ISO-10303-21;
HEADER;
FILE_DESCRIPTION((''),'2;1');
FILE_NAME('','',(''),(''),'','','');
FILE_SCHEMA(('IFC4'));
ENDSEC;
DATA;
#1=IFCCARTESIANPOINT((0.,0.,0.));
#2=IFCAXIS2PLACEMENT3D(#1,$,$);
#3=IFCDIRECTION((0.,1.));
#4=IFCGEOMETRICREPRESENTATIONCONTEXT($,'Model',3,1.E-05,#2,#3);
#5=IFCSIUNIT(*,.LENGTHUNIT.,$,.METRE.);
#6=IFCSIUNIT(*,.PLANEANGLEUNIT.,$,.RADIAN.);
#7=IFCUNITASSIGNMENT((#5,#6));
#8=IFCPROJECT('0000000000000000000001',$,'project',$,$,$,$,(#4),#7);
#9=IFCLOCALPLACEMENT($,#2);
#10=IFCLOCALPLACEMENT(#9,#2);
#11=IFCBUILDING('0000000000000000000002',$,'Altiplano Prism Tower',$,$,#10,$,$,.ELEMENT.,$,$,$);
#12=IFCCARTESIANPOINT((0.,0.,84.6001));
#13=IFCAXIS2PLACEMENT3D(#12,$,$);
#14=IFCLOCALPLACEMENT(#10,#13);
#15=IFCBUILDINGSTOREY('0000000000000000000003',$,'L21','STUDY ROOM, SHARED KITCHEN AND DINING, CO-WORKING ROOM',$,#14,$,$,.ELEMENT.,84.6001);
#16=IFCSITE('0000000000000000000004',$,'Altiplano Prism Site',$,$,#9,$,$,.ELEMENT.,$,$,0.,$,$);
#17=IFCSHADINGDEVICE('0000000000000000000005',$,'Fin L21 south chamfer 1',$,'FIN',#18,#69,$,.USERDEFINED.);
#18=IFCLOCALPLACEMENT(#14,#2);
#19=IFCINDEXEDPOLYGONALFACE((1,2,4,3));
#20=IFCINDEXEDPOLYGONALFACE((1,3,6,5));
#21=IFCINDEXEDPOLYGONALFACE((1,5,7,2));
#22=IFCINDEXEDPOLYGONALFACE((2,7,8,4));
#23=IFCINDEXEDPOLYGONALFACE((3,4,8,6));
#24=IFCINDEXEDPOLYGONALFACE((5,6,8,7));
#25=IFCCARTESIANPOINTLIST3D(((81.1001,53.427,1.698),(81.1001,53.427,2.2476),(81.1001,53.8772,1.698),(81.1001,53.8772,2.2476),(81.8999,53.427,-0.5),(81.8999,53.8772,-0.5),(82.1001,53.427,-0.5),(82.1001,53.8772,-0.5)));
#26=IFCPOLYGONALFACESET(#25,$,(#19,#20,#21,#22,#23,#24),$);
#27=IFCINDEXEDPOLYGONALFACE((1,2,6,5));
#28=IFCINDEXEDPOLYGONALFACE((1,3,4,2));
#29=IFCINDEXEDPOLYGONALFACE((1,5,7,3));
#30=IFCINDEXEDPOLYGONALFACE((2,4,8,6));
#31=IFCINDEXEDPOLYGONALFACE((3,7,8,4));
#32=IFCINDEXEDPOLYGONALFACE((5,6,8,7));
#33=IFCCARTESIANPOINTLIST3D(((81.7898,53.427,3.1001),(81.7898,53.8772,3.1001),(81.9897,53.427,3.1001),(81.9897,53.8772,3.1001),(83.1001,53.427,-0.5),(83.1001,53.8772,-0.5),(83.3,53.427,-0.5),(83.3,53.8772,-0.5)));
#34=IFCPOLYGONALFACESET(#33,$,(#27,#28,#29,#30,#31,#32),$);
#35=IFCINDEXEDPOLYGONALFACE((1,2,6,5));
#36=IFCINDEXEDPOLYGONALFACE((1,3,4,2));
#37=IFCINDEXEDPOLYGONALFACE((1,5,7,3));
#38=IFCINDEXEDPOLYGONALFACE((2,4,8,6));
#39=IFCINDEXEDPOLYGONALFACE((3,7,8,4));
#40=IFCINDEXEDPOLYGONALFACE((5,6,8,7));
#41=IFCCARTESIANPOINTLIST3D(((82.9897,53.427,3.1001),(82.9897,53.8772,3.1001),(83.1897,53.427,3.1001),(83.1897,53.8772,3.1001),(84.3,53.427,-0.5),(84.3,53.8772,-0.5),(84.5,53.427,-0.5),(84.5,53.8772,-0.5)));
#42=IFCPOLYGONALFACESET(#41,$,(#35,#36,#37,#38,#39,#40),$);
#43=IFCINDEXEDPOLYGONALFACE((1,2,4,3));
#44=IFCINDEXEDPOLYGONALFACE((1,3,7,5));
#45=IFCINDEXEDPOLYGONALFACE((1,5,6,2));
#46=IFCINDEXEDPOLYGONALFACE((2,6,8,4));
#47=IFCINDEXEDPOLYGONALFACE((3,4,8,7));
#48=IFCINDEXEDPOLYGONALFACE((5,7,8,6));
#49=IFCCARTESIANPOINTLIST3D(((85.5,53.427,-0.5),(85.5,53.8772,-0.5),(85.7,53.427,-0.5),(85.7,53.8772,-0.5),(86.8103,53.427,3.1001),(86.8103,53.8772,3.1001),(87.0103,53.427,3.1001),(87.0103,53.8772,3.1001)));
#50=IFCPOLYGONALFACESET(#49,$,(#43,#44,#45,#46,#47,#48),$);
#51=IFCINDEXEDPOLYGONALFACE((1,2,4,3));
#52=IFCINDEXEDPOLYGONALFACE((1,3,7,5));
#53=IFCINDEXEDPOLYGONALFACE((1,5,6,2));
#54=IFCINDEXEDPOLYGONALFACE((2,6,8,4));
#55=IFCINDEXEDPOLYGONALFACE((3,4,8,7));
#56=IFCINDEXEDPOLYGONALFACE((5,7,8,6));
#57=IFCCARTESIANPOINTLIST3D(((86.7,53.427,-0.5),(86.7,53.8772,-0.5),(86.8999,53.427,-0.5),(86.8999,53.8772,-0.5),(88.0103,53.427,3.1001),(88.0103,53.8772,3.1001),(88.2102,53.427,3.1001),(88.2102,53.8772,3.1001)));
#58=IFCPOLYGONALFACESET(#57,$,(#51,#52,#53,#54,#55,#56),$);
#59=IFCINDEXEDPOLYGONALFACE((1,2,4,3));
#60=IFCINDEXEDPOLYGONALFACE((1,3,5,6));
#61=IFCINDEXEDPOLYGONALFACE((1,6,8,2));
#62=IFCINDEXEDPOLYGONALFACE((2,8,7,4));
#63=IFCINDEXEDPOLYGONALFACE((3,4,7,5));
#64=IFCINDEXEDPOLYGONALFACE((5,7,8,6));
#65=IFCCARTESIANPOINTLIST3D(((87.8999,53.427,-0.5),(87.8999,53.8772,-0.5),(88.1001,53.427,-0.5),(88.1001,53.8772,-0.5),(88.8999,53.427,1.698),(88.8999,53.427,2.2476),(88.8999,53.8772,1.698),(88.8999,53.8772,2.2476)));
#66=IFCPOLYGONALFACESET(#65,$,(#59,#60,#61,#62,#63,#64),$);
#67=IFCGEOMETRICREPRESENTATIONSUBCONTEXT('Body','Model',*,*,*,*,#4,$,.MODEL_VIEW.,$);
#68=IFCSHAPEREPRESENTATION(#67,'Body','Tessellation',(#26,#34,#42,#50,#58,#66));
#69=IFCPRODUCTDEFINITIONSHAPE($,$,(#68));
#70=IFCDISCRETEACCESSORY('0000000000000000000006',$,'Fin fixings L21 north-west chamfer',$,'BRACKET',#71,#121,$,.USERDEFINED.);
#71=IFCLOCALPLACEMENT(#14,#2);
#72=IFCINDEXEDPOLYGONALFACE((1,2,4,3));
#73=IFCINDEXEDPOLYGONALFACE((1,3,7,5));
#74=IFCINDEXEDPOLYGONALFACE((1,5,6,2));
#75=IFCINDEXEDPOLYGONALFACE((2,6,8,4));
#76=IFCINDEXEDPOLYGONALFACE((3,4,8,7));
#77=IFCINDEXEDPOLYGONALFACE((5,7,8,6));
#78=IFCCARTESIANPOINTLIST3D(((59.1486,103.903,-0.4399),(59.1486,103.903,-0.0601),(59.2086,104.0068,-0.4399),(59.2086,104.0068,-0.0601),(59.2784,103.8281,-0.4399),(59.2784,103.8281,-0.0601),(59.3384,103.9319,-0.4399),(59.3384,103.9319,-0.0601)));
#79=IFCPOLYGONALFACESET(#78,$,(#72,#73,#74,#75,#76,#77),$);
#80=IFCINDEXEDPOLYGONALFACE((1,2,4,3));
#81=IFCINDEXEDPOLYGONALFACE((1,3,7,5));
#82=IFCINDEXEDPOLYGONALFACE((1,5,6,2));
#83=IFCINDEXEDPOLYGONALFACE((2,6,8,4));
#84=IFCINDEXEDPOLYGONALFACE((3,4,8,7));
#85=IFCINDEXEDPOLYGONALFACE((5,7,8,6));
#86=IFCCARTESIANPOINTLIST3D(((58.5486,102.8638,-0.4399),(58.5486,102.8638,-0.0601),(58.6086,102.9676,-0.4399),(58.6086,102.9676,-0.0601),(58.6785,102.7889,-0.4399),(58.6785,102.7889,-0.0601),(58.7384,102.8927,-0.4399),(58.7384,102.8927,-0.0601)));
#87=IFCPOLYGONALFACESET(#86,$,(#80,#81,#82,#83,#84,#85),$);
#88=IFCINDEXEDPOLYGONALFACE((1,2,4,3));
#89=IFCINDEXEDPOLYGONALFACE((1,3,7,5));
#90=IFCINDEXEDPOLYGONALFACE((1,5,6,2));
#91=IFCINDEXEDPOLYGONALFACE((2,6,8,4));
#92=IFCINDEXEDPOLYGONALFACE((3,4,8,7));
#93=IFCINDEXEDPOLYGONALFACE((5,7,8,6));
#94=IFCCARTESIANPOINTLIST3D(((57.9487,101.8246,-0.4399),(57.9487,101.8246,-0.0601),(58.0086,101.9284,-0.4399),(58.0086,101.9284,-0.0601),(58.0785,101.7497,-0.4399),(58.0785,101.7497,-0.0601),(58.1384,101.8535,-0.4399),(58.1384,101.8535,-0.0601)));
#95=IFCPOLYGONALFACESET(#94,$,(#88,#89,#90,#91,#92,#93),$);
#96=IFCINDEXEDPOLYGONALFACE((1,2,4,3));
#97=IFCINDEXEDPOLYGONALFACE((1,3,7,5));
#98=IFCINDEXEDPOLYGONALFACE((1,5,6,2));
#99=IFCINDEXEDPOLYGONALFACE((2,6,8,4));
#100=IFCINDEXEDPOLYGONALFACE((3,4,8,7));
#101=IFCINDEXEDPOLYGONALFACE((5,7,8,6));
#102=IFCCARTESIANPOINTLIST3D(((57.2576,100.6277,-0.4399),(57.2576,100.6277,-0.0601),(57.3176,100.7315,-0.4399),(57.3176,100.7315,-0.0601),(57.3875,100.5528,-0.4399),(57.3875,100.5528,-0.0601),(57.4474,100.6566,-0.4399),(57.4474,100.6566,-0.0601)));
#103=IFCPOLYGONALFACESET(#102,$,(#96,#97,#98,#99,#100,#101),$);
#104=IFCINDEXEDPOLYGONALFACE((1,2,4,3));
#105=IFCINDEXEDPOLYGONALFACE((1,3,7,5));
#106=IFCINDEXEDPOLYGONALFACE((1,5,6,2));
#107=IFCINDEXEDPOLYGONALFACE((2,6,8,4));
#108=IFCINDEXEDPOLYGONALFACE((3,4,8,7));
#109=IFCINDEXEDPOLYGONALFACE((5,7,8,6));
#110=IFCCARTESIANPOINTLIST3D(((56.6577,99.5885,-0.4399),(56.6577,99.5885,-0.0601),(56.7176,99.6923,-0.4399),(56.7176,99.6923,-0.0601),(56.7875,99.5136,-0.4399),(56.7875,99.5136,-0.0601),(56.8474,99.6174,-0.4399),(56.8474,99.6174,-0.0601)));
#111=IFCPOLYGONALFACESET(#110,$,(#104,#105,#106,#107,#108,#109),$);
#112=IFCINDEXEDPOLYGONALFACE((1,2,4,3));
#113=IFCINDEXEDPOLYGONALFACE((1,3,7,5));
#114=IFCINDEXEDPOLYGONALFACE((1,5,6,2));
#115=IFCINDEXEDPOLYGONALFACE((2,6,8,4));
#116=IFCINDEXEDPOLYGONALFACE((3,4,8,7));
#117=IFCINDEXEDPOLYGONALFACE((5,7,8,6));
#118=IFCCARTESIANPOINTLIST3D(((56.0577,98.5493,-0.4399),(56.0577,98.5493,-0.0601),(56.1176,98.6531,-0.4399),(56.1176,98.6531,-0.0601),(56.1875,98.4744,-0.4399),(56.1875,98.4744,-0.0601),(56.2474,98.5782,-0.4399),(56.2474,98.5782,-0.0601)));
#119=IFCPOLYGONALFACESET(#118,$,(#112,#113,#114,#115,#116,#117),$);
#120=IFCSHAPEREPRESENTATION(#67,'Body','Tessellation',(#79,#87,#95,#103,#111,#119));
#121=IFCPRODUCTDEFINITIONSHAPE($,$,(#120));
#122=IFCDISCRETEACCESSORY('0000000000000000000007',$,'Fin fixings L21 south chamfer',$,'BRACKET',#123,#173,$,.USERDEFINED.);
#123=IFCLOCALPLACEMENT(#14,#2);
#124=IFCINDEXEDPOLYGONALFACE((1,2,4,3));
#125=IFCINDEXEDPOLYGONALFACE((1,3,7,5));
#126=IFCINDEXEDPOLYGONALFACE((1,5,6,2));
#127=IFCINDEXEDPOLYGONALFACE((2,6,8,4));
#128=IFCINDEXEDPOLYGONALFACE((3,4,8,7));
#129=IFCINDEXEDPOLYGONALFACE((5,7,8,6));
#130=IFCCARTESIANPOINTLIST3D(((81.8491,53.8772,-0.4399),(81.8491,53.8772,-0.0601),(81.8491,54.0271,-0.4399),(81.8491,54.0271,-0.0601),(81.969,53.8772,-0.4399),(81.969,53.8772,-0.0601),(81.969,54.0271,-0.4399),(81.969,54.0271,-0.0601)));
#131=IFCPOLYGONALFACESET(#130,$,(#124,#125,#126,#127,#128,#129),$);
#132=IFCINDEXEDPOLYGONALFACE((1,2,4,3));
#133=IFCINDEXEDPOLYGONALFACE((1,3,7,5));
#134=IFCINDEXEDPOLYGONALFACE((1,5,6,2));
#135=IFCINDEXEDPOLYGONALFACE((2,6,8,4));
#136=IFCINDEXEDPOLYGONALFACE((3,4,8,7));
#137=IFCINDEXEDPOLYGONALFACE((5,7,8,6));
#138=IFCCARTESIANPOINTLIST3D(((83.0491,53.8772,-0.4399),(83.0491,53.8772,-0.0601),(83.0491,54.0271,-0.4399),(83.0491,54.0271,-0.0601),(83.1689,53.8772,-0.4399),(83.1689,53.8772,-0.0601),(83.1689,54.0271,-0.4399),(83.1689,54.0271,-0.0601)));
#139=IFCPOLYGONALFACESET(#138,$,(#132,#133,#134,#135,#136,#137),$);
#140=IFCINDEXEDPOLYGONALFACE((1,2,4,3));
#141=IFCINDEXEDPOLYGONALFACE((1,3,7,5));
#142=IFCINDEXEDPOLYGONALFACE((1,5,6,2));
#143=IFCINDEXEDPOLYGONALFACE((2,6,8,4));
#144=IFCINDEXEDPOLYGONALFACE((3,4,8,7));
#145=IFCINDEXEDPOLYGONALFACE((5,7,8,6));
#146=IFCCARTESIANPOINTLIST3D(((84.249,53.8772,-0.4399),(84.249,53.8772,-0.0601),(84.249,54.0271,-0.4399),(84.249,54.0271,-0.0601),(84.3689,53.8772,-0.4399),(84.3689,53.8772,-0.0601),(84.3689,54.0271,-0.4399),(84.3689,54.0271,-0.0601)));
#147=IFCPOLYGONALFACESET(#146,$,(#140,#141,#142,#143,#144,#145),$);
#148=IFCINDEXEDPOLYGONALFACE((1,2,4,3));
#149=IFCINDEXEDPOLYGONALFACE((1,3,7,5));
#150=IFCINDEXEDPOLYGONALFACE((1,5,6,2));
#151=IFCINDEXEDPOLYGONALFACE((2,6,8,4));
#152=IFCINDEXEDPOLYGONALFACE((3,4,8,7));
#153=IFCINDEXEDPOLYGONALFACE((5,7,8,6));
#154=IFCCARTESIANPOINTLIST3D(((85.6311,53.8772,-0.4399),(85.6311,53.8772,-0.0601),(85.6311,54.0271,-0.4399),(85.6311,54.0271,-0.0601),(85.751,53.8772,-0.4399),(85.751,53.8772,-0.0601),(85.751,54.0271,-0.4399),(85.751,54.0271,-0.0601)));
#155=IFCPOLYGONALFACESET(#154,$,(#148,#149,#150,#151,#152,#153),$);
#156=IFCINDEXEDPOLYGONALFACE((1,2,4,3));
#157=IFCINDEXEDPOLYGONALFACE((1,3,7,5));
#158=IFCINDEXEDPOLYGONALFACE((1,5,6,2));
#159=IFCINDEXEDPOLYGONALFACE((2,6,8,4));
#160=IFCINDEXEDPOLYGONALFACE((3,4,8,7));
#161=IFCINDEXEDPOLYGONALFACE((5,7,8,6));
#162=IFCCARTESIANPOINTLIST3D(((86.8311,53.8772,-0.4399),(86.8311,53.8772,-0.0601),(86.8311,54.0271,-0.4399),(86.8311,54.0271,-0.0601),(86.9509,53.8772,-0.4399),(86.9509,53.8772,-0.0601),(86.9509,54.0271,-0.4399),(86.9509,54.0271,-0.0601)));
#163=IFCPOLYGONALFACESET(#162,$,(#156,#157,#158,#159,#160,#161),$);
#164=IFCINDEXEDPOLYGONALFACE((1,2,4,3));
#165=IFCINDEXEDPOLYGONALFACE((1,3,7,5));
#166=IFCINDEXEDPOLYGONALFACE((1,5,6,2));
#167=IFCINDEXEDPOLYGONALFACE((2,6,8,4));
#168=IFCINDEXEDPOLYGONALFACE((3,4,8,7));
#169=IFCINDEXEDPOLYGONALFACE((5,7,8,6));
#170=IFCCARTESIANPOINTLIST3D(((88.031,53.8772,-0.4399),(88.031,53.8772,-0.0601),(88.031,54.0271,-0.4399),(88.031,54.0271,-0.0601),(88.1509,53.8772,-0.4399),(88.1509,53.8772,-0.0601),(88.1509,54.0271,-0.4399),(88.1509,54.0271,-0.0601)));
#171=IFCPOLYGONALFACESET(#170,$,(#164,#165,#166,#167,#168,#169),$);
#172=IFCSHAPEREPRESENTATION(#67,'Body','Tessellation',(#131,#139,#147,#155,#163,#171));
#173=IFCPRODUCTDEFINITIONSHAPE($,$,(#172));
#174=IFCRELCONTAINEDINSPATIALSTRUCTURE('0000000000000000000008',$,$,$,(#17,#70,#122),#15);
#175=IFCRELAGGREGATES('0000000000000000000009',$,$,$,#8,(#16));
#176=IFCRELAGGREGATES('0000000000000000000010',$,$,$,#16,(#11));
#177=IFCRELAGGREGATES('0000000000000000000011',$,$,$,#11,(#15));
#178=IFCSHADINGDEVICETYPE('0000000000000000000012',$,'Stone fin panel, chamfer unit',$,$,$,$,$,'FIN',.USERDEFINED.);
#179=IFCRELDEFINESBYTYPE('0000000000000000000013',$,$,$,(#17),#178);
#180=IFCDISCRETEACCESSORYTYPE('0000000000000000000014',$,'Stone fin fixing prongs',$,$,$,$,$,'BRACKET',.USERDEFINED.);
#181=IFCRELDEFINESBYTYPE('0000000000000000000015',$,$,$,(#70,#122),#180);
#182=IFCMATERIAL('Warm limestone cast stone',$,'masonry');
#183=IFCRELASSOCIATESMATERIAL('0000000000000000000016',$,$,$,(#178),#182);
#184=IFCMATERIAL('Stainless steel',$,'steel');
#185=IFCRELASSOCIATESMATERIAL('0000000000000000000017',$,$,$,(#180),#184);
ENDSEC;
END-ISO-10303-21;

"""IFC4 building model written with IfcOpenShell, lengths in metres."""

from ifc_helpers import new_model, si_unit, direction, frame, origin, place, context, subcontext, project, spatial, polyline, outline, extrude, source, transform, mapped, material, type_object, element, save


model = new_model("IFC4")

# Units and contexts
model_context = context("Model", 3, precision=1e-05, world=origin(), true_north=direction((0.0, 1.0)))
body_context = subcontext(model_context, "Body", "Model", "MODEL_VIEW")
ifc_project = project(units=[si_unit("LENGTHUNIT", "METRE"), si_unit("PLANEANGLEUNIT", "RADIAN")], contexts=[model_context])

# Site, building, storey
site_placement = place(None, origin())
site = spatial("IfcSite", under=ifc_project, at=site_placement, Name="Altiplano Prism Site", CompositionType="ELEMENT", RefElevation=0.0)
building_placement = place(site_placement, origin())
building = spatial("IfcBuilding", under=site, at=building_placement, Name="Altiplano Prism Tower", CompositionType="ELEMENT")
storey_placement = place(building_placement, frame((0.0, 0.0, 84.6001)))
storey = spatial("IfcBuildingStorey", under=building, at=storey_placement, Name="L21", Description="STUDY ROOM, SHARED KITCHEN AND DINING, CO-WORKING ROOM", CompositionType="ELEMENT", Elevation=84.6001)

# Shading device
ifc_material_1 = material(Name="Warm limestone cast stone", Category="masonry")
shading_device_type_1 = type_object("IfcShadingDeviceType", Name="Stone fin panel, chamfer unit", ElementType="FIN", PredefinedType="USERDEFINED", material=ifc_material_1)
shared_shape_1 = source(origin(), body_context, "Body", "SweptSolid", [
    extrude(outline(polyline([(-3.8999, 2.7476), (-3.8999, 2.198), (-3.1001, 0.0), (-2.8999, 0.0), (-3.8999, 2.7476)])), frame((0.0, -0.1499, 0.0), z_axis=(0.0, -1.0, 0.0), x_axis=(1.0, 0.0, 0.0)), (0.0, 0.0, 1.0), 0.4502),
    extrude(outline(polyline([(-3.2102, 3.6001), (-1.8999, 0.0), (-1.7, 0.0), (-3.0103, 3.6001), (-3.2102, 3.6001)])), frame((0.0, -0.1499, 0.0), z_axis=(0.0, -1.0, 0.0), x_axis=(1.0, 0.0, 0.0)), (0.0, 0.0, 1.0), 0.4502),
    extrude(outline(polyline([(-2.0103, 3.6001), (-0.7, 0.0), (-0.5, 0.0), (-1.8103, 3.6001), (-2.0103, 3.6001)])), frame((0.0, -0.1499, 0.0), z_axis=(0.0, -1.0, 0.0), x_axis=(1.0, 0.0, 0.0)), (0.0, 0.0, 1.0), 0.4502),
    extrude(outline(polyline([(1.8103, 3.6001), (0.5, 0.0), (0.7, 0.0), (2.0103, 3.6001), (1.8103, 3.6001)])), frame((0.0, -0.1499, 0.0), z_axis=(0.0, -1.0, 0.0), x_axis=(1.0, 0.0, 0.0)), (0.0, 0.0, 1.0), 0.4502),
    extrude(outline(polyline([(3.0103, 3.6001), (1.7, 0.0), (1.8999, 0.0), (3.2102, 3.6001), (3.0103, 3.6001)])), frame((0.0, -0.1499, 0.0), z_axis=(0.0, -1.0, 0.0), x_axis=(1.0, 0.0, 0.0)), (0.0, 0.0, 1.0), 0.4502),
    extrude(outline(polyline([(3.8999, 2.198), (3.8999, 2.7476), (2.8999, 0.0), (3.1001, 0.0), (3.8999, 2.198)])), frame((0.0, -0.1499, 0.0), z_axis=(0.0, -1.0, 0.0), x_axis=(1.0, 0.0, 0.0)), (0.0, 0.0, 1.0), 0.4502),
])
shading_device_1_placement = place(storey_placement, origin())
element("IfcShadingDevice", 1, at=shading_device_1_placement, inside=storey, type_object=shading_device_type_1, Name="Fin L21 south chamfer 1", ObjectType="FIN", PredefinedType="USERDEFINED", context=body_context, shape_type="MappedRepresentation", body=[
    mapped(shared_shape_1, transform((85.0, 54.0271, -0.5), x_axis=(1.0, 0.0, 0.0), y_axis=(0.0, 1.0, 0.0), z_axis=(0.0, 0.0, 1.0))),
])

# Discrete accessories
ifc_material_2 = material(Name="Stainless steel", Category="steel")
discrete_accessory_type = type_object("IfcDiscreteAccessoryType", Name="Stone fin fixing prongs", ElementType="BRACKET", PredefinedType="USERDEFINED", material=ifc_material_2)
shared_shape_2 = source(origin(), body_context, "Body", "SweptSolid", [
    extrude(outline(polyline([(-3.1509, 0.0601), (-3.031, 0.0601), (-3.031, 0.4399), (-3.1509, 0.4399), (-3.1509, 0.0601)])), frame((0.0, 0.0, 0.0), z_axis=(0.0, -1.0, 0.0), x_axis=(1.0, 0.0, 0.0)), (0.0, 0.0, 1.0), 0.1499),
    extrude(outline(polyline([(-1.9509, 0.0601), (-1.8311, 0.0601), (-1.8311, 0.4399), (-1.9509, 0.4399), (-1.9509, 0.0601)])), frame((0.0, 0.0, 0.0), z_axis=(0.0, -1.0, 0.0), x_axis=(1.0, 0.0, 0.0)), (0.0, 0.0, 1.0), 0.1499),
    extrude(outline(polyline([(-0.751, 0.0601), (-0.6311, 0.0601), (-0.6311, 0.4399), (-0.751, 0.4399), (-0.751, 0.0601)])), frame((0.0, 0.0, 0.0), z_axis=(0.0, -1.0, 0.0), x_axis=(1.0, 0.0, 0.0)), (0.0, 0.0, 1.0), 0.1499),
    extrude(outline(polyline([(0.6311, 0.0601), (0.751, 0.0601), (0.751, 0.4399), (0.6311, 0.4399), (0.6311, 0.0601)])), frame((0.0, 0.0, 0.0), z_axis=(0.0, -1.0, 0.0), x_axis=(1.0, 0.0, 0.0)), (0.0, 0.0, 1.0), 0.1499),
    extrude(outline(polyline([(1.8311, 0.0601), (1.9509, 0.0601), (1.9509, 0.4399), (1.8311, 0.4399), (1.8311, 0.0601)])), frame((0.0, 0.0, 0.0), z_axis=(0.0, -1.0, 0.0), x_axis=(1.0, 0.0, 0.0)), (0.0, 0.0, 1.0), 0.1499),
    extrude(outline(polyline([(3.031, 0.0601), (3.1509, 0.0601), (3.1509, 0.4399), (3.031, 0.4399), (3.031, 0.0601)])), frame((0.0, 0.0, 0.0), z_axis=(0.0, -1.0, 0.0), x_axis=(1.0, 0.0, 0.0)), (0.0, 0.0, 1.0), 0.1499),
])
discrete_accessory_1_placement = place(storey_placement, origin())
element("IfcDiscreteAccessory", 2, at=discrete_accessory_1_placement, inside=storey, type_object=discrete_accessory_type, Name="Fin fixings L21 north-west chamfer", ObjectType="BRACKET", PredefinedType="USERDEFINED", context=body_context, shape_type="MappedRepresentation", body=[
    mapped(shared_shape_2, transform((57.7629, 101.2031, -0.5), x_axis=(-0.5, -0.866025, 0.0), y_axis=(0.866025, -0.5, 0.0), z_axis=(0.0, 0.0, 1.0))),
])
discrete_accessory_2_placement = place(storey_placement, origin())
element("IfcDiscreteAccessory", 3, at=discrete_accessory_2_placement, inside=storey, type_object=discrete_accessory_type, Name="Fin fixings L21 south chamfer", ObjectType="BRACKET", PredefinedType="USERDEFINED", context=body_context, shape_type="MappedRepresentation", body=[
    mapped(shared_shape_2, transform((85.0, 54.0271, -0.5), x_axis=(1.0, 0.0, 0.0), y_axis=(0.0, 1.0, 0.0), z_axis=(0.0, 0.0, 1.0))),
])

save(model, "model.ifc")
